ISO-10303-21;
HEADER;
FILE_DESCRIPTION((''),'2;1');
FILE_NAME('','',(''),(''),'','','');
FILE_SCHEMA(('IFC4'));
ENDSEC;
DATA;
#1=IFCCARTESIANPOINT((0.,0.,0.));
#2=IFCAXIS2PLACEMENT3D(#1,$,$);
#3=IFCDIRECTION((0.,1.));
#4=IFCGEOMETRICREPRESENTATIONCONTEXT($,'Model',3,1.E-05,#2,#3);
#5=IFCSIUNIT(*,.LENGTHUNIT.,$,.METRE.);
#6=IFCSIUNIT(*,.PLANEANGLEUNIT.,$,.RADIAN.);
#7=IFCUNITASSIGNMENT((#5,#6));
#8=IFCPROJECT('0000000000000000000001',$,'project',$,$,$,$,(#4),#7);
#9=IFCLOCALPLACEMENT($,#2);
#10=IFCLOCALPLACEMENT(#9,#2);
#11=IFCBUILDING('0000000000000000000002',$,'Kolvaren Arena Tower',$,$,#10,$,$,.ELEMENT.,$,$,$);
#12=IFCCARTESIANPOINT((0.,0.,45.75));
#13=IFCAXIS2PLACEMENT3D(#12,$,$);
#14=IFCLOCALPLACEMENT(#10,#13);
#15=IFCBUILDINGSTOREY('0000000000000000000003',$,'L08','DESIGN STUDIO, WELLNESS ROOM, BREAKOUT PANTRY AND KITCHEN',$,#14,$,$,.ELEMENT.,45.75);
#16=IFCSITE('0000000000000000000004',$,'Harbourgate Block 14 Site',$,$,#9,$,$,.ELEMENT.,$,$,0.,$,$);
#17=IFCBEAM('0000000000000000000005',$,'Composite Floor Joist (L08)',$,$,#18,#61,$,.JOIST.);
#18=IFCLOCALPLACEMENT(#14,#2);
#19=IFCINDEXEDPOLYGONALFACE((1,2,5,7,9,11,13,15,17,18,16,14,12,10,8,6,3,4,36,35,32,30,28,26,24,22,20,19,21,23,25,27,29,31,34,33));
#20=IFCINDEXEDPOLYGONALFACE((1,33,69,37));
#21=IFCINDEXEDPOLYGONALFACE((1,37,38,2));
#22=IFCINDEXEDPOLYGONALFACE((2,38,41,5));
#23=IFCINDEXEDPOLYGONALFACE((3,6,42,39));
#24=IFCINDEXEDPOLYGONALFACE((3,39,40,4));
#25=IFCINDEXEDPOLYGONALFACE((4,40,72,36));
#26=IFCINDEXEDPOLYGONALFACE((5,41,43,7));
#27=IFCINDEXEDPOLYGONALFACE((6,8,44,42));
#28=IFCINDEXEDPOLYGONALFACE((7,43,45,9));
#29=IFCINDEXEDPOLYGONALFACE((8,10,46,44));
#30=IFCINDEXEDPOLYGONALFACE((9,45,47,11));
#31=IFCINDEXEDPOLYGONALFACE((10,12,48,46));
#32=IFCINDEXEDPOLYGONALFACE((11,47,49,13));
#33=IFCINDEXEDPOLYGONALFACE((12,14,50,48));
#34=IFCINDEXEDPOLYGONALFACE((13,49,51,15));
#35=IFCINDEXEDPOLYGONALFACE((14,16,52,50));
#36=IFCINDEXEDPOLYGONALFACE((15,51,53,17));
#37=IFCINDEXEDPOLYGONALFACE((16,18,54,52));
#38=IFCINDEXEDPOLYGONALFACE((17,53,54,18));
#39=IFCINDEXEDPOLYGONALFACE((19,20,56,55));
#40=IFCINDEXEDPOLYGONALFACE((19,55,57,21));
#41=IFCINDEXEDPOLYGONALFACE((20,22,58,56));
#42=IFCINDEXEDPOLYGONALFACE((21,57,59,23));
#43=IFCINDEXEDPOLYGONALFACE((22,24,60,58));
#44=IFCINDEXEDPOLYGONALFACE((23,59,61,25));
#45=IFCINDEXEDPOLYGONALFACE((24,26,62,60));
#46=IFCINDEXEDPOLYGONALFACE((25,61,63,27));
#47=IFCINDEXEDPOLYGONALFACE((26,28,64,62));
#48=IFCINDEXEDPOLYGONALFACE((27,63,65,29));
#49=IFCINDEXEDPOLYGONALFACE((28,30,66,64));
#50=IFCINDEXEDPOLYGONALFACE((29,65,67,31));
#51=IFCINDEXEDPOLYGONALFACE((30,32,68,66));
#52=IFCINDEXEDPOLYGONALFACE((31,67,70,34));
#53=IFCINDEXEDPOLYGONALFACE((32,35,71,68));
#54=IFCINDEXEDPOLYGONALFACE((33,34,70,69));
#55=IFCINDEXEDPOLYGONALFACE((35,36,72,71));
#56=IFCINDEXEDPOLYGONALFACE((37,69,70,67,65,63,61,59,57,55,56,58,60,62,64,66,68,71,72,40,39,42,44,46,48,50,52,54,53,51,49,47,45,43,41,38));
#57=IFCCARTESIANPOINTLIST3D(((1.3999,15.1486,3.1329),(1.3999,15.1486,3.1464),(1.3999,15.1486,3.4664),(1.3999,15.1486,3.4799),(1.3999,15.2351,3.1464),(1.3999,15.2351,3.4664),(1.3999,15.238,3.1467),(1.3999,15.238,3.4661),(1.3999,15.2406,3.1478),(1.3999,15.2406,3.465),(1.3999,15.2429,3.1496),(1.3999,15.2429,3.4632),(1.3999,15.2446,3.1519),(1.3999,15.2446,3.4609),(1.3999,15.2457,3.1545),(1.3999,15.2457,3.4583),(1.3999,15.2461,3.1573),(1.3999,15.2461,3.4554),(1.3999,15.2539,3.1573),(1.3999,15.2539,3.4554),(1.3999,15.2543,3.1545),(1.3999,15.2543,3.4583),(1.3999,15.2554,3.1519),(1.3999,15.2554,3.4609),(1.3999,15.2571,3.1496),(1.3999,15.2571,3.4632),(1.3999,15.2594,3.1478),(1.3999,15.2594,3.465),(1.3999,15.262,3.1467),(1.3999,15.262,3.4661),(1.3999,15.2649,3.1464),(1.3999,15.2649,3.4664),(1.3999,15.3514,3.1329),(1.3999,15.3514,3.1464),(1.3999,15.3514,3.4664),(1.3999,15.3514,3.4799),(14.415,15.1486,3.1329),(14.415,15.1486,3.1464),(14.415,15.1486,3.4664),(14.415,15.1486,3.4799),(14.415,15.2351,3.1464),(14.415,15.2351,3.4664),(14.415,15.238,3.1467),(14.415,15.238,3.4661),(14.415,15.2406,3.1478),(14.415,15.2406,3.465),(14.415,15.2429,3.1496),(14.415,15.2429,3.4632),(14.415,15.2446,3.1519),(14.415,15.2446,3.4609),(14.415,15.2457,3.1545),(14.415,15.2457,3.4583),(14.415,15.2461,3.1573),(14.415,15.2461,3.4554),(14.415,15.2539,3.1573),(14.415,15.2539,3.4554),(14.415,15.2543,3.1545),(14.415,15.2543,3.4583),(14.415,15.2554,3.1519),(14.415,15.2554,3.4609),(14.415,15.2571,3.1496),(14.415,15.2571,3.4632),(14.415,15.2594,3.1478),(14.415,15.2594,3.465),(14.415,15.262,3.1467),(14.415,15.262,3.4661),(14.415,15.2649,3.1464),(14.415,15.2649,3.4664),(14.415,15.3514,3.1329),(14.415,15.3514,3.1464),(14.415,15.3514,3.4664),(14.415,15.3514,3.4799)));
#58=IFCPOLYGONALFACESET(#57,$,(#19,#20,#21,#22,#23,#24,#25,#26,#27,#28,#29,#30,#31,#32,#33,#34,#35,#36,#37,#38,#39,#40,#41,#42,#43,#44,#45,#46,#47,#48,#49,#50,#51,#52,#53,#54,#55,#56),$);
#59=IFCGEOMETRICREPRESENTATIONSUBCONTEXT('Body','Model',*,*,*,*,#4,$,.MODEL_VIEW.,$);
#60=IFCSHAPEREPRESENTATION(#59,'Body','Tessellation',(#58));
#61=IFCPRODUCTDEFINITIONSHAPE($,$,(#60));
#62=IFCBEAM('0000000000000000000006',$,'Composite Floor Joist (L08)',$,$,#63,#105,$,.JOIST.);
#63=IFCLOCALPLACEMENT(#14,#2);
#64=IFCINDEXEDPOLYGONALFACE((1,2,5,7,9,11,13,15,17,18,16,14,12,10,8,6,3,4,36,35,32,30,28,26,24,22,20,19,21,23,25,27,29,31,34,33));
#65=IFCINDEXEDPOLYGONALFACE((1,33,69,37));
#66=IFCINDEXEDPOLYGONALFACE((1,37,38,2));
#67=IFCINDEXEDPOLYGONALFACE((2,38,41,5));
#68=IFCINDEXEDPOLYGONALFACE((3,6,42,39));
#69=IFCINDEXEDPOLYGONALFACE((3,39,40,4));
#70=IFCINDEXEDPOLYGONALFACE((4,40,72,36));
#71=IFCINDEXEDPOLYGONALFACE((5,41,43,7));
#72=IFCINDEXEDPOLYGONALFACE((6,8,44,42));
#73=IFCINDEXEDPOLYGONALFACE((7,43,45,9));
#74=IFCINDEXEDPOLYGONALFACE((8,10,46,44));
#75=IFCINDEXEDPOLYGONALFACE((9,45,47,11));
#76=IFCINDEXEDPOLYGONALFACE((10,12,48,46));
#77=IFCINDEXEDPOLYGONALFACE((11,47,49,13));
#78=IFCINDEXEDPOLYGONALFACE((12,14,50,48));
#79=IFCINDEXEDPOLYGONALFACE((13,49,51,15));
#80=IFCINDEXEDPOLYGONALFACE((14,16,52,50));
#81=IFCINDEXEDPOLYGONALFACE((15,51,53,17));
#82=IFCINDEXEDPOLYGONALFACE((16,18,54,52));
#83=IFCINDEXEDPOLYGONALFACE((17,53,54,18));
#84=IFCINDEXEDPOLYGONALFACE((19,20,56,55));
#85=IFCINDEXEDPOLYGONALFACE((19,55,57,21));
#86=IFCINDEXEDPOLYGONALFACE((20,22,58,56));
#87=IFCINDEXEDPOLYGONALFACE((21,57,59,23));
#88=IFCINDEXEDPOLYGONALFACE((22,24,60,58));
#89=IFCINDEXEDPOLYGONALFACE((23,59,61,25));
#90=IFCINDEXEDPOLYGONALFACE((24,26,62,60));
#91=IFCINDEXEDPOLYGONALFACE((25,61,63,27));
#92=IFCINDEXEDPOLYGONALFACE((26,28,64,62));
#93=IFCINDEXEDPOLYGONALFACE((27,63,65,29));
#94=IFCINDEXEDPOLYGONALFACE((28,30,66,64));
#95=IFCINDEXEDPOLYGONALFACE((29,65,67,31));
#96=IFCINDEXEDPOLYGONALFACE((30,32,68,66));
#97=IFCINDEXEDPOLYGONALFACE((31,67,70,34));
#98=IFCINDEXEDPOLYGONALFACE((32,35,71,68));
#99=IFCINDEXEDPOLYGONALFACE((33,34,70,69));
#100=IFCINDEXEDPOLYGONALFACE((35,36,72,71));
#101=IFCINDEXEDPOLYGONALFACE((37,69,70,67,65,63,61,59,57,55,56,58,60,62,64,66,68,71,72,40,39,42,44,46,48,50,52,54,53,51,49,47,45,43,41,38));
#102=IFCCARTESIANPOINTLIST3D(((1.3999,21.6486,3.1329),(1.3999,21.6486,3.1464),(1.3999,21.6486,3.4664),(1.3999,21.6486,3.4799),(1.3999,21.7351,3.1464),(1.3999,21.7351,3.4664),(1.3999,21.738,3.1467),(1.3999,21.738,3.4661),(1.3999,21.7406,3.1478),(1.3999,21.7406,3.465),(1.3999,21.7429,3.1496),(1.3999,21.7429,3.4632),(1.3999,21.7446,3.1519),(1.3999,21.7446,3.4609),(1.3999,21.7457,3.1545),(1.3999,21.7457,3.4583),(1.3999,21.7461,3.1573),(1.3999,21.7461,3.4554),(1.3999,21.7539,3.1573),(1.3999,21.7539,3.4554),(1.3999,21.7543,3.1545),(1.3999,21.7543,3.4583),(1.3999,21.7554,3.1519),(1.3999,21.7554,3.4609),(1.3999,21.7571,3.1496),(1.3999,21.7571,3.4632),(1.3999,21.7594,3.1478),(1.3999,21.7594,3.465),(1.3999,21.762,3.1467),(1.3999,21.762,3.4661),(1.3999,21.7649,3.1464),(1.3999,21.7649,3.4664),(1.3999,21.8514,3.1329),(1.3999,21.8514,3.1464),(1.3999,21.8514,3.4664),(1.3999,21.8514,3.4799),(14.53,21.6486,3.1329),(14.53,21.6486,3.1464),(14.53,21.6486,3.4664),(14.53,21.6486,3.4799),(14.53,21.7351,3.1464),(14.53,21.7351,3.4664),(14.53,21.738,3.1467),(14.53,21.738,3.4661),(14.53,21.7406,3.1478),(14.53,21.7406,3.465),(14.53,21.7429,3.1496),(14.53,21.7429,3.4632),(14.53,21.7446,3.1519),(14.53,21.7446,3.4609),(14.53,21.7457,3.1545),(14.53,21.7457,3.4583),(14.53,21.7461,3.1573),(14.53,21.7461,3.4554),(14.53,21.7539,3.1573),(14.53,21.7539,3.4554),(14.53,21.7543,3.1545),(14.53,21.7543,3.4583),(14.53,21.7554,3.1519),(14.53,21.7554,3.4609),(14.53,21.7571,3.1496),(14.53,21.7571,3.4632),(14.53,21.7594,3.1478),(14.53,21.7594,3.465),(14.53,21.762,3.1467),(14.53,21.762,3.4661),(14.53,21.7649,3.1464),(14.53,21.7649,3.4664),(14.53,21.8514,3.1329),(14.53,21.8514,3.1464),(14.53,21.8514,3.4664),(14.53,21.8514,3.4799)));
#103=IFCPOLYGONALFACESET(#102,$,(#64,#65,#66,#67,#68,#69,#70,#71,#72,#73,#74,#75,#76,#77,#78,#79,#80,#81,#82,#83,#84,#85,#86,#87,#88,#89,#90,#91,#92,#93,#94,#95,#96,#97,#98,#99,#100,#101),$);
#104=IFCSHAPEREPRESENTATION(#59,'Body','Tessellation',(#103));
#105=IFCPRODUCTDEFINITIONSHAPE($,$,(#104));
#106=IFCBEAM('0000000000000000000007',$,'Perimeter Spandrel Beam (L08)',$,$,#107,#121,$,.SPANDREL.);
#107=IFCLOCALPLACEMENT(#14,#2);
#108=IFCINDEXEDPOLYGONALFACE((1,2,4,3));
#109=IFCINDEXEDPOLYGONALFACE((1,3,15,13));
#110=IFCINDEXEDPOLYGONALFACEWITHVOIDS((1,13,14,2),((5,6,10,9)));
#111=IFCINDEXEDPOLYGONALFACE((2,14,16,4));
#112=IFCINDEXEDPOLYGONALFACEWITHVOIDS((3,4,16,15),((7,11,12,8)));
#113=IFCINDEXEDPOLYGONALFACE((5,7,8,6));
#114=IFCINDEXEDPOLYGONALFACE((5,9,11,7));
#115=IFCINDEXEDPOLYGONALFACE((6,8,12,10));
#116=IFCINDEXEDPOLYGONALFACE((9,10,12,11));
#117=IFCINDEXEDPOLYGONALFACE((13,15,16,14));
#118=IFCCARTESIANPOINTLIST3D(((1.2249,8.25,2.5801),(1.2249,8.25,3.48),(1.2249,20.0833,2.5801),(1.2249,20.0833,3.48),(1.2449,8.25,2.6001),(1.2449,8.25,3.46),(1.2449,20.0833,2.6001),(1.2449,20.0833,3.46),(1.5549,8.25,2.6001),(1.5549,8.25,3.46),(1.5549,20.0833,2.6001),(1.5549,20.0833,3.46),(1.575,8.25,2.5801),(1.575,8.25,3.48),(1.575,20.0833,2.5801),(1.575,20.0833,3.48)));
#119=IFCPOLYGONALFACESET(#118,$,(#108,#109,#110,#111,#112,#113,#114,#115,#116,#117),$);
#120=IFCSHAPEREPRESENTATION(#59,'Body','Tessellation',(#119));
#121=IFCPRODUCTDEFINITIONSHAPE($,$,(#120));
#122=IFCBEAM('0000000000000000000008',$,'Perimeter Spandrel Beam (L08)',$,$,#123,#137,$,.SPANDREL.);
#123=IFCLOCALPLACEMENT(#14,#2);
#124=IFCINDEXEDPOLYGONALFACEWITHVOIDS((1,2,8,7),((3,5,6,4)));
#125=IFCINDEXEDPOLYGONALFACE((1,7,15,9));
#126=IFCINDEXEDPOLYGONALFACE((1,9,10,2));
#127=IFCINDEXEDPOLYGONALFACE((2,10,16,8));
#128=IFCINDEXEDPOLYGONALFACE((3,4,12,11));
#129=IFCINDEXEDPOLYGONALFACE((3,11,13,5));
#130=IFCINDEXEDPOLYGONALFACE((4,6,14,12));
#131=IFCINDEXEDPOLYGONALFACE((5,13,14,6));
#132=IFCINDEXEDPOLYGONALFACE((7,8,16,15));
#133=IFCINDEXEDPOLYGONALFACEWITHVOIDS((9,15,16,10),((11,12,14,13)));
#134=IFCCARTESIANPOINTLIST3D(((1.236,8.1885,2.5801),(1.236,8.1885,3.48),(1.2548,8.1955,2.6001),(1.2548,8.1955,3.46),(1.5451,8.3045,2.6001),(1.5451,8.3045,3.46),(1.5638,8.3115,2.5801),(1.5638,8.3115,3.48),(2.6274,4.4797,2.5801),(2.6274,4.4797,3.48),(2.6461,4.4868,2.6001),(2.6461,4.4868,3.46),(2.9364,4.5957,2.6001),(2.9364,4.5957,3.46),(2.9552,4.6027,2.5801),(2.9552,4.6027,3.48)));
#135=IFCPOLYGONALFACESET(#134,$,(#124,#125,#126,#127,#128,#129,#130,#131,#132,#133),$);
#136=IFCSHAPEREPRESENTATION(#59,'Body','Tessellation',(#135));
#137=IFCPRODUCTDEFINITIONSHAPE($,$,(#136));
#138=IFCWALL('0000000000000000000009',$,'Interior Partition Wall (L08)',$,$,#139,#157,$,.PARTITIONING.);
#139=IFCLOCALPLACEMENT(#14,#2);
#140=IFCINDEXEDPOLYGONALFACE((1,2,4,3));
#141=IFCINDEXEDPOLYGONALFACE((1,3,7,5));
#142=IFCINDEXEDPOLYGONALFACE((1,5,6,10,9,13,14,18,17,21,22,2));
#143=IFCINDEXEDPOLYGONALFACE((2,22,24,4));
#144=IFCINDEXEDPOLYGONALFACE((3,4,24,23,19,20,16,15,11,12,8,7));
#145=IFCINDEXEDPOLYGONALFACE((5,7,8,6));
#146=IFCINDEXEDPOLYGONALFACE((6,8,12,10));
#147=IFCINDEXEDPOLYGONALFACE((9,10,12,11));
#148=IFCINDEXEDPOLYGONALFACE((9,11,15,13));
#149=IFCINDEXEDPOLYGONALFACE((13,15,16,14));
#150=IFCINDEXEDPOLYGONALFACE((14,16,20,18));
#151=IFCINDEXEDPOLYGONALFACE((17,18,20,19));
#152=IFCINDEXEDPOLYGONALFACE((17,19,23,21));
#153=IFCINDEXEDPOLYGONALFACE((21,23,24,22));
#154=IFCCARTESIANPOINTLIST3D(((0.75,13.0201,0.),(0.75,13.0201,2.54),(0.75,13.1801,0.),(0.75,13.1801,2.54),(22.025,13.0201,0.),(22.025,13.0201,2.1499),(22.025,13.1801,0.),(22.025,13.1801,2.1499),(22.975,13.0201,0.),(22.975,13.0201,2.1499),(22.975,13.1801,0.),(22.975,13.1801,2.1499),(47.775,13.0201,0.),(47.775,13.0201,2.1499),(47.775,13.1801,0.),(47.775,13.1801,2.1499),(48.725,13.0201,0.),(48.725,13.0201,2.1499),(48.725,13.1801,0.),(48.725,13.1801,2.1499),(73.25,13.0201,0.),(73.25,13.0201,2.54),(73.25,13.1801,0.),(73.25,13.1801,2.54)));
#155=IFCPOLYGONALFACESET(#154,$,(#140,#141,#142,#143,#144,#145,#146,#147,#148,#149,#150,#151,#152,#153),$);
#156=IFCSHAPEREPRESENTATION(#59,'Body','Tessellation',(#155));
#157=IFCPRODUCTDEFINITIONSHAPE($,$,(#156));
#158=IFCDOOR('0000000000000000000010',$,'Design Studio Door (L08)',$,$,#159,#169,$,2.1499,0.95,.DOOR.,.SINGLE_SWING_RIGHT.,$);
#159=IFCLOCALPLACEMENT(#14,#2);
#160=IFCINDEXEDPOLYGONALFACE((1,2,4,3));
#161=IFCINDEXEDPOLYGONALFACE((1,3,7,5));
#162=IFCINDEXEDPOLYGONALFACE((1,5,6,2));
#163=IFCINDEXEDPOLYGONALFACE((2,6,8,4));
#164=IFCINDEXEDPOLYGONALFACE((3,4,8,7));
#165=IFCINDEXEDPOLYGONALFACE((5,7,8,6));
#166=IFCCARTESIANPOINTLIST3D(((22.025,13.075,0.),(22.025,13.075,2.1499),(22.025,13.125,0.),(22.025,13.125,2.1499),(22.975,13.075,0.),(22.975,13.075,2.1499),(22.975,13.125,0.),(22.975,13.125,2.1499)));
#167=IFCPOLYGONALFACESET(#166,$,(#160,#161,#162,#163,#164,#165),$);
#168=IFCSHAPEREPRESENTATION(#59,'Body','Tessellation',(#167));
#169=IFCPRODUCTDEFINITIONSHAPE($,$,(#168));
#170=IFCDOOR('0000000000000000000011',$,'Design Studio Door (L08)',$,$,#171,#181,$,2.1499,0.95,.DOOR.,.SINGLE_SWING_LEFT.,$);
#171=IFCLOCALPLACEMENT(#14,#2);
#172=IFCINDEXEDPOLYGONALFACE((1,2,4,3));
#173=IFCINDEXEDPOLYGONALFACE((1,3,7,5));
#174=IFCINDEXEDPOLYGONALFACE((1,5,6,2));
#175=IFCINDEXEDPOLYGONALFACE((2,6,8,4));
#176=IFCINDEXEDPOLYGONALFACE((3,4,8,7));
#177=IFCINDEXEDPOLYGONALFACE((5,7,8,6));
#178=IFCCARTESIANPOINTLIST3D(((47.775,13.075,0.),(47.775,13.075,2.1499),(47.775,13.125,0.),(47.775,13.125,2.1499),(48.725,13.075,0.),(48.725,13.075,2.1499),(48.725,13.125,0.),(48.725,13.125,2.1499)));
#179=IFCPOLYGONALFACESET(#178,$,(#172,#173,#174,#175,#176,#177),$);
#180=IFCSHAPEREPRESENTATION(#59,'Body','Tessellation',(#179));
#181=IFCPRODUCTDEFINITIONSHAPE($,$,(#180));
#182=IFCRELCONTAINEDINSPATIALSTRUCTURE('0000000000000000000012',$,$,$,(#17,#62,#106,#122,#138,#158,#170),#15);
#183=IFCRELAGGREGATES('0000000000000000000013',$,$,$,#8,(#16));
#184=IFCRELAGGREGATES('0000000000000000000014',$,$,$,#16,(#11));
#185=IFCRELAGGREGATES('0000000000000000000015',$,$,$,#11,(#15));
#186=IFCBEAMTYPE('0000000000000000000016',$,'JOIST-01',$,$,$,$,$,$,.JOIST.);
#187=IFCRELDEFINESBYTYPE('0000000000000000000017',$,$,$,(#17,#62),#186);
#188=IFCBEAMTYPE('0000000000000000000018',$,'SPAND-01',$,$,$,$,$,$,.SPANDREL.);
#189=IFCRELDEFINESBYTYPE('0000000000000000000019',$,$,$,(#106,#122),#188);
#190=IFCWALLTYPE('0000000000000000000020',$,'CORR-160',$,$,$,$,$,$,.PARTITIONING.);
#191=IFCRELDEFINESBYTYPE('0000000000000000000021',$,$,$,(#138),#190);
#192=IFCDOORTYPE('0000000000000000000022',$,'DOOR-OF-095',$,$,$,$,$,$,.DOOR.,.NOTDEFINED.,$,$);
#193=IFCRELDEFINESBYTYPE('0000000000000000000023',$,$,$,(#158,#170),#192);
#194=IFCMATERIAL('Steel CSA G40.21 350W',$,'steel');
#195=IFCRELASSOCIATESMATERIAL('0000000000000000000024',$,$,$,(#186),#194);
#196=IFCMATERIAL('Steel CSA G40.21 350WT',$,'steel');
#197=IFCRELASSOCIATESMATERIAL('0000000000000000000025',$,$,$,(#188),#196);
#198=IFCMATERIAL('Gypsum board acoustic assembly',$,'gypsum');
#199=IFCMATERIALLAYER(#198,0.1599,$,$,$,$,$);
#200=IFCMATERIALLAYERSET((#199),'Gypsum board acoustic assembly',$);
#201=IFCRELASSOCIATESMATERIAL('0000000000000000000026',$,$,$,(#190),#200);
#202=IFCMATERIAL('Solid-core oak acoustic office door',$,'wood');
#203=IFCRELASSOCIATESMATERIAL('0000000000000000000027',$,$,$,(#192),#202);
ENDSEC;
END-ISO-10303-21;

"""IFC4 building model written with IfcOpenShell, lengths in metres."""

from ifc_helpers import new_model, si_unit, direction, frame, frame_2d, origin, origin_2d, place, context, subcontext, project, spatial, rectangle, hollow_rectangle, i_section, extrude, material, layer, layer_set, material_profile, profile_set, type_object, element, fill, save


model = new_model("IFC4")

# Units and contexts
model_context = context("Model", 3, precision=1e-05, world=origin(), true_north=direction((0.0, 1.0)))
body_context = subcontext(model_context, "Body", "Model", "MODEL_VIEW")
ifc_project = project(units=[si_unit("LENGTHUNIT", "METRE"), si_unit("PLANEANGLEUNIT", "RADIAN")], contexts=[model_context])

# Site, building, storey
site_placement = place(None, origin())
site = spatial("IfcSite", under=ifc_project, at=site_placement, Name="Harbourgate Block 14 Site", CompositionType="ELEMENT", RefElevation=0.0)
building_placement = place(site_placement, origin())
building = spatial("IfcBuilding", under=site, at=building_placement, Name="Kolvaren Arena Tower", CompositionType="ELEMENT")
storey_placement = place(building_placement, frame((0.0, 0.0, 45.75)))
storey = spatial("IfcBuildingStorey", under=building, at=storey_placement, Name="L08", Description="DESIGN STUDIO, WELLNESS ROOM, BREAKOUT PANTRY AND KITCHEN", CompositionType="ELEMENT", Elevation=45.75)

# Beams
ifc_material_1 = material(Name="Steel CSA G40.21 350W", Category="steel")
ifc_material_profile_1 = material_profile(ifc_material_1, i_section(OverallWidth=0.2029, OverallDepth=0.3469, WebThickness=0.0078, FlangeThickness=0.0134, FilletRadius=0.011, at=origin_2d()), Name="W360x64")
ifc_profile_set_1 = profile_set([ifc_material_profile_1], Name="Steel CSA G40.21 350W")
beam_type_1 = type_object("IfcBeamType", Name="JOIST-01", PredefinedType="JOIST", material=ifc_profile_set_1)
for number, where, z_axis, x_axis, name in (
    (1, (1.3999, 15.25, 3.3064), (1.0, 0.0, 0.0), (0.0, 1.0, 0.0), "Composite Floor Joist (L08)"),
):
    element("IfcBeam", number, at=place(storey_placement, frame(where, z_axis=z_axis, x_axis=x_axis)), inside=storey, type_object=beam_type_1, Name=name, PredefinedType="JOIST", context=body_context, shape_type="SweptSolid", body=[
        extrude(i_section(OverallWidth=0.2029, OverallDepth=0.3469, WebThickness=0.0078, FlangeThickness=0.0134, FilletRadius=0.011, at=origin_2d()), origin(), (0.0, 0.0, 1.0), 13.0151),
    ])
beam_1_placement = place(storey_placement, frame((1.3999, 21.75, 3.3064), z_axis=(1.0, 0.0, 0.0), x_axis=(0.0, 1.0, 0.0)))
element("IfcBeam", 2, at=beam_1_placement, inside=storey, type_object=beam_type_1, Name="Composite Floor Joist (L08)", PredefinedType="JOIST", context=body_context, shape_type="SweptSolid", body=[
    extrude(i_section(OverallWidth=0.2029, OverallDepth=0.3469, WebThickness=0.0078, FlangeThickness=0.0134, FilletRadius=0.011, at=origin_2d()), origin(), (0.0, 0.0, 1.0), 13.1301),
])
ifc_material_2 = material(Name="Steel CSA G40.21 350WT", Category="steel")
ifc_material_profile_2 = material_profile(ifc_material_2, hollow_rectangle(XDim=0.3501, YDim=0.8999, WallThickness=0.02, at=origin_2d()), Name="HSS 900x350x20")
ifc_profile_set_2 = profile_set([ifc_material_profile_2], Name="Steel CSA G40.21 350WT")
beam_type_2 = type_object("IfcBeamType", Name="SPAND-01", PredefinedType="SPANDREL", material=ifc_profile_set_2)
beam_2_placement = place(storey_placement, frame((1.3999, 20.0833, 3.03), z_axis=(0.0, -1.0, 0.0), x_axis=(1.0, 0.0, 0.0)))
element("IfcBeam", 3, at=beam_2_placement, inside=storey, type_object=beam_type_2, Name="Perimeter Spandrel Beam (L08)", PredefinedType="SPANDREL", context=body_context, shape_type="SweptSolid", body=[
    extrude(hollow_rectangle(XDim=0.3501, YDim=0.8999, WallThickness=0.02, at=origin_2d()), origin(), (0.0, 0.0, 1.0), 11.8333),
])
beam_3_placement = place(storey_placement, frame((1.3999, 8.25, 3.03), z_axis=(0.351252, -0.936281, 0.0), x_axis=(0.936281, 0.351252, 0.0)))
element("IfcBeam", 4, at=beam_3_placement, inside=storey, type_object=beam_type_2, Name="Perimeter Spandrel Beam (L08)", PredefinedType="SPANDREL", context=body_context, shape_type="SweptSolid", body=[
    extrude(hollow_rectangle(XDim=0.3501, YDim=0.8999, WallThickness=0.02, at=origin_2d()), origin(), (0.0, 0.0, 1.0), 3.9612),
])

# Wall, openings, doors
ifc_material_3 = material(Name="Gypsum board acoustic assembly", Category="gypsum")
ifc_layer_1 = layer(ifc_material_3, 0.1599)
ifc_layer_set_1 = layer_set([ifc_layer_1], Name="Gypsum board acoustic assembly")
wall_type_1 = type_object("IfcWallType", Name="CORR-160", PredefinedType="PARTITIONING", material=ifc_layer_set_1)
wall_1_placement = place(storey_placement, frame((0.75, 13.1001, 0.0), z_axis=(0.0, 0.0, 1.0), x_axis=(1.0, 0.0, 0.0)))
wall_1 = element("IfcWall", 5, at=wall_1_placement, inside=storey, type_object=wall_type_1, Name="Interior Partition Wall (L08)", PredefinedType="PARTITIONING", context=body_context, shape_type="SweptSolid", body=[
    extrude(rectangle(XDim=72.5, YDim=0.1599, at=frame_2d((36.25, 0.0))), origin(), (0.0, 0.0, 1.0), 2.54),
])
opening_1_placement = place(wall_1_placement, frame((21.2749, 0.0, 0.0)))
opening_1 = element("IfcOpeningElement", 6, at=opening_1_placement, cuts=wall_1, PredefinedType="OPENING", context=body_context, shape_type="SweptSolid", body=[
    extrude(rectangle(XDim=0.95, YDim=2.1499, at=frame_2d((0.4751, 1.075))), frame((0.0, 0.0898, 0.0), z_axis=(0.0, -1.0, 0.0), x_axis=(1.0, 0.0, 0.0)), (0.0, 0.0, 1.0), 0.1799),
])
opening_2_placement = place(wall_1_placement, frame((47.0249, 0.0, 0.0)))
opening_2 = element("IfcOpeningElement", 7, at=opening_2_placement, cuts=wall_1, PredefinedType="OPENING", context=body_context, shape_type="SweptSolid", body=[
    extrude(rectangle(XDim=0.95, YDim=2.1499, at=frame_2d((0.4751, 1.075))), frame((0.0, 0.0898, 0.0), z_axis=(0.0, -1.0, 0.0), x_axis=(1.0, 0.0, 0.0)), (0.0, 0.0, 1.0), 0.1799),
])
ifc_material_4 = material(Name="Solid-core oak acoustic office door", Category="wood")
door_type = type_object("IfcDoorType", Name="DOOR-OF-095", OperationType="NOTDEFINED", PredefinedType="DOOR", material=ifc_material_4)
door_1_placement = place(opening_1_placement, origin())
door_1 = element("IfcDoor", 8, at=door_1_placement, inside=storey, type_object=door_type, Name="Design Studio Door (L08)", OperationType="SINGLE_SWING_RIGHT", OverallHeight=2.1499, OverallWidth=0.95, PredefinedType="DOOR", context=body_context, shape_type="SweptSolid", body=[
    extrude(rectangle(XDim=0.95, YDim=2.1499, at=frame_2d((0.4751, 1.075))), frame((0.0, 0.0249, 0.0), z_axis=(0.0, -1.0, 0.0), x_axis=(1.0, 0.0, 0.0)), (0.0, 0.0, 1.0), 0.05),
])
fill(opening_1, door_1)
door_2_placement = place(opening_2_placement, origin())
door_2 = element("IfcDoor", 9, at=door_2_placement, inside=storey, type_object=door_type, Name="Design Studio Door (L08)", OperationType="SINGLE_SWING_LEFT", OverallHeight=2.1499, OverallWidth=0.95, PredefinedType="DOOR", context=body_context, shape_type="SweptSolid", body=[
    extrude(rectangle(XDim=0.95, YDim=2.1499, at=frame_2d((0.4751, 1.075))), frame((0.0, 0.0249, 0.0), z_axis=(0.0, -1.0, 0.0), x_axis=(1.0, 0.0, 0.0)), (0.0, 0.0, 1.0), 0.05),
])
fill(opening_2, door_2)

save(model, "model.ifc")
